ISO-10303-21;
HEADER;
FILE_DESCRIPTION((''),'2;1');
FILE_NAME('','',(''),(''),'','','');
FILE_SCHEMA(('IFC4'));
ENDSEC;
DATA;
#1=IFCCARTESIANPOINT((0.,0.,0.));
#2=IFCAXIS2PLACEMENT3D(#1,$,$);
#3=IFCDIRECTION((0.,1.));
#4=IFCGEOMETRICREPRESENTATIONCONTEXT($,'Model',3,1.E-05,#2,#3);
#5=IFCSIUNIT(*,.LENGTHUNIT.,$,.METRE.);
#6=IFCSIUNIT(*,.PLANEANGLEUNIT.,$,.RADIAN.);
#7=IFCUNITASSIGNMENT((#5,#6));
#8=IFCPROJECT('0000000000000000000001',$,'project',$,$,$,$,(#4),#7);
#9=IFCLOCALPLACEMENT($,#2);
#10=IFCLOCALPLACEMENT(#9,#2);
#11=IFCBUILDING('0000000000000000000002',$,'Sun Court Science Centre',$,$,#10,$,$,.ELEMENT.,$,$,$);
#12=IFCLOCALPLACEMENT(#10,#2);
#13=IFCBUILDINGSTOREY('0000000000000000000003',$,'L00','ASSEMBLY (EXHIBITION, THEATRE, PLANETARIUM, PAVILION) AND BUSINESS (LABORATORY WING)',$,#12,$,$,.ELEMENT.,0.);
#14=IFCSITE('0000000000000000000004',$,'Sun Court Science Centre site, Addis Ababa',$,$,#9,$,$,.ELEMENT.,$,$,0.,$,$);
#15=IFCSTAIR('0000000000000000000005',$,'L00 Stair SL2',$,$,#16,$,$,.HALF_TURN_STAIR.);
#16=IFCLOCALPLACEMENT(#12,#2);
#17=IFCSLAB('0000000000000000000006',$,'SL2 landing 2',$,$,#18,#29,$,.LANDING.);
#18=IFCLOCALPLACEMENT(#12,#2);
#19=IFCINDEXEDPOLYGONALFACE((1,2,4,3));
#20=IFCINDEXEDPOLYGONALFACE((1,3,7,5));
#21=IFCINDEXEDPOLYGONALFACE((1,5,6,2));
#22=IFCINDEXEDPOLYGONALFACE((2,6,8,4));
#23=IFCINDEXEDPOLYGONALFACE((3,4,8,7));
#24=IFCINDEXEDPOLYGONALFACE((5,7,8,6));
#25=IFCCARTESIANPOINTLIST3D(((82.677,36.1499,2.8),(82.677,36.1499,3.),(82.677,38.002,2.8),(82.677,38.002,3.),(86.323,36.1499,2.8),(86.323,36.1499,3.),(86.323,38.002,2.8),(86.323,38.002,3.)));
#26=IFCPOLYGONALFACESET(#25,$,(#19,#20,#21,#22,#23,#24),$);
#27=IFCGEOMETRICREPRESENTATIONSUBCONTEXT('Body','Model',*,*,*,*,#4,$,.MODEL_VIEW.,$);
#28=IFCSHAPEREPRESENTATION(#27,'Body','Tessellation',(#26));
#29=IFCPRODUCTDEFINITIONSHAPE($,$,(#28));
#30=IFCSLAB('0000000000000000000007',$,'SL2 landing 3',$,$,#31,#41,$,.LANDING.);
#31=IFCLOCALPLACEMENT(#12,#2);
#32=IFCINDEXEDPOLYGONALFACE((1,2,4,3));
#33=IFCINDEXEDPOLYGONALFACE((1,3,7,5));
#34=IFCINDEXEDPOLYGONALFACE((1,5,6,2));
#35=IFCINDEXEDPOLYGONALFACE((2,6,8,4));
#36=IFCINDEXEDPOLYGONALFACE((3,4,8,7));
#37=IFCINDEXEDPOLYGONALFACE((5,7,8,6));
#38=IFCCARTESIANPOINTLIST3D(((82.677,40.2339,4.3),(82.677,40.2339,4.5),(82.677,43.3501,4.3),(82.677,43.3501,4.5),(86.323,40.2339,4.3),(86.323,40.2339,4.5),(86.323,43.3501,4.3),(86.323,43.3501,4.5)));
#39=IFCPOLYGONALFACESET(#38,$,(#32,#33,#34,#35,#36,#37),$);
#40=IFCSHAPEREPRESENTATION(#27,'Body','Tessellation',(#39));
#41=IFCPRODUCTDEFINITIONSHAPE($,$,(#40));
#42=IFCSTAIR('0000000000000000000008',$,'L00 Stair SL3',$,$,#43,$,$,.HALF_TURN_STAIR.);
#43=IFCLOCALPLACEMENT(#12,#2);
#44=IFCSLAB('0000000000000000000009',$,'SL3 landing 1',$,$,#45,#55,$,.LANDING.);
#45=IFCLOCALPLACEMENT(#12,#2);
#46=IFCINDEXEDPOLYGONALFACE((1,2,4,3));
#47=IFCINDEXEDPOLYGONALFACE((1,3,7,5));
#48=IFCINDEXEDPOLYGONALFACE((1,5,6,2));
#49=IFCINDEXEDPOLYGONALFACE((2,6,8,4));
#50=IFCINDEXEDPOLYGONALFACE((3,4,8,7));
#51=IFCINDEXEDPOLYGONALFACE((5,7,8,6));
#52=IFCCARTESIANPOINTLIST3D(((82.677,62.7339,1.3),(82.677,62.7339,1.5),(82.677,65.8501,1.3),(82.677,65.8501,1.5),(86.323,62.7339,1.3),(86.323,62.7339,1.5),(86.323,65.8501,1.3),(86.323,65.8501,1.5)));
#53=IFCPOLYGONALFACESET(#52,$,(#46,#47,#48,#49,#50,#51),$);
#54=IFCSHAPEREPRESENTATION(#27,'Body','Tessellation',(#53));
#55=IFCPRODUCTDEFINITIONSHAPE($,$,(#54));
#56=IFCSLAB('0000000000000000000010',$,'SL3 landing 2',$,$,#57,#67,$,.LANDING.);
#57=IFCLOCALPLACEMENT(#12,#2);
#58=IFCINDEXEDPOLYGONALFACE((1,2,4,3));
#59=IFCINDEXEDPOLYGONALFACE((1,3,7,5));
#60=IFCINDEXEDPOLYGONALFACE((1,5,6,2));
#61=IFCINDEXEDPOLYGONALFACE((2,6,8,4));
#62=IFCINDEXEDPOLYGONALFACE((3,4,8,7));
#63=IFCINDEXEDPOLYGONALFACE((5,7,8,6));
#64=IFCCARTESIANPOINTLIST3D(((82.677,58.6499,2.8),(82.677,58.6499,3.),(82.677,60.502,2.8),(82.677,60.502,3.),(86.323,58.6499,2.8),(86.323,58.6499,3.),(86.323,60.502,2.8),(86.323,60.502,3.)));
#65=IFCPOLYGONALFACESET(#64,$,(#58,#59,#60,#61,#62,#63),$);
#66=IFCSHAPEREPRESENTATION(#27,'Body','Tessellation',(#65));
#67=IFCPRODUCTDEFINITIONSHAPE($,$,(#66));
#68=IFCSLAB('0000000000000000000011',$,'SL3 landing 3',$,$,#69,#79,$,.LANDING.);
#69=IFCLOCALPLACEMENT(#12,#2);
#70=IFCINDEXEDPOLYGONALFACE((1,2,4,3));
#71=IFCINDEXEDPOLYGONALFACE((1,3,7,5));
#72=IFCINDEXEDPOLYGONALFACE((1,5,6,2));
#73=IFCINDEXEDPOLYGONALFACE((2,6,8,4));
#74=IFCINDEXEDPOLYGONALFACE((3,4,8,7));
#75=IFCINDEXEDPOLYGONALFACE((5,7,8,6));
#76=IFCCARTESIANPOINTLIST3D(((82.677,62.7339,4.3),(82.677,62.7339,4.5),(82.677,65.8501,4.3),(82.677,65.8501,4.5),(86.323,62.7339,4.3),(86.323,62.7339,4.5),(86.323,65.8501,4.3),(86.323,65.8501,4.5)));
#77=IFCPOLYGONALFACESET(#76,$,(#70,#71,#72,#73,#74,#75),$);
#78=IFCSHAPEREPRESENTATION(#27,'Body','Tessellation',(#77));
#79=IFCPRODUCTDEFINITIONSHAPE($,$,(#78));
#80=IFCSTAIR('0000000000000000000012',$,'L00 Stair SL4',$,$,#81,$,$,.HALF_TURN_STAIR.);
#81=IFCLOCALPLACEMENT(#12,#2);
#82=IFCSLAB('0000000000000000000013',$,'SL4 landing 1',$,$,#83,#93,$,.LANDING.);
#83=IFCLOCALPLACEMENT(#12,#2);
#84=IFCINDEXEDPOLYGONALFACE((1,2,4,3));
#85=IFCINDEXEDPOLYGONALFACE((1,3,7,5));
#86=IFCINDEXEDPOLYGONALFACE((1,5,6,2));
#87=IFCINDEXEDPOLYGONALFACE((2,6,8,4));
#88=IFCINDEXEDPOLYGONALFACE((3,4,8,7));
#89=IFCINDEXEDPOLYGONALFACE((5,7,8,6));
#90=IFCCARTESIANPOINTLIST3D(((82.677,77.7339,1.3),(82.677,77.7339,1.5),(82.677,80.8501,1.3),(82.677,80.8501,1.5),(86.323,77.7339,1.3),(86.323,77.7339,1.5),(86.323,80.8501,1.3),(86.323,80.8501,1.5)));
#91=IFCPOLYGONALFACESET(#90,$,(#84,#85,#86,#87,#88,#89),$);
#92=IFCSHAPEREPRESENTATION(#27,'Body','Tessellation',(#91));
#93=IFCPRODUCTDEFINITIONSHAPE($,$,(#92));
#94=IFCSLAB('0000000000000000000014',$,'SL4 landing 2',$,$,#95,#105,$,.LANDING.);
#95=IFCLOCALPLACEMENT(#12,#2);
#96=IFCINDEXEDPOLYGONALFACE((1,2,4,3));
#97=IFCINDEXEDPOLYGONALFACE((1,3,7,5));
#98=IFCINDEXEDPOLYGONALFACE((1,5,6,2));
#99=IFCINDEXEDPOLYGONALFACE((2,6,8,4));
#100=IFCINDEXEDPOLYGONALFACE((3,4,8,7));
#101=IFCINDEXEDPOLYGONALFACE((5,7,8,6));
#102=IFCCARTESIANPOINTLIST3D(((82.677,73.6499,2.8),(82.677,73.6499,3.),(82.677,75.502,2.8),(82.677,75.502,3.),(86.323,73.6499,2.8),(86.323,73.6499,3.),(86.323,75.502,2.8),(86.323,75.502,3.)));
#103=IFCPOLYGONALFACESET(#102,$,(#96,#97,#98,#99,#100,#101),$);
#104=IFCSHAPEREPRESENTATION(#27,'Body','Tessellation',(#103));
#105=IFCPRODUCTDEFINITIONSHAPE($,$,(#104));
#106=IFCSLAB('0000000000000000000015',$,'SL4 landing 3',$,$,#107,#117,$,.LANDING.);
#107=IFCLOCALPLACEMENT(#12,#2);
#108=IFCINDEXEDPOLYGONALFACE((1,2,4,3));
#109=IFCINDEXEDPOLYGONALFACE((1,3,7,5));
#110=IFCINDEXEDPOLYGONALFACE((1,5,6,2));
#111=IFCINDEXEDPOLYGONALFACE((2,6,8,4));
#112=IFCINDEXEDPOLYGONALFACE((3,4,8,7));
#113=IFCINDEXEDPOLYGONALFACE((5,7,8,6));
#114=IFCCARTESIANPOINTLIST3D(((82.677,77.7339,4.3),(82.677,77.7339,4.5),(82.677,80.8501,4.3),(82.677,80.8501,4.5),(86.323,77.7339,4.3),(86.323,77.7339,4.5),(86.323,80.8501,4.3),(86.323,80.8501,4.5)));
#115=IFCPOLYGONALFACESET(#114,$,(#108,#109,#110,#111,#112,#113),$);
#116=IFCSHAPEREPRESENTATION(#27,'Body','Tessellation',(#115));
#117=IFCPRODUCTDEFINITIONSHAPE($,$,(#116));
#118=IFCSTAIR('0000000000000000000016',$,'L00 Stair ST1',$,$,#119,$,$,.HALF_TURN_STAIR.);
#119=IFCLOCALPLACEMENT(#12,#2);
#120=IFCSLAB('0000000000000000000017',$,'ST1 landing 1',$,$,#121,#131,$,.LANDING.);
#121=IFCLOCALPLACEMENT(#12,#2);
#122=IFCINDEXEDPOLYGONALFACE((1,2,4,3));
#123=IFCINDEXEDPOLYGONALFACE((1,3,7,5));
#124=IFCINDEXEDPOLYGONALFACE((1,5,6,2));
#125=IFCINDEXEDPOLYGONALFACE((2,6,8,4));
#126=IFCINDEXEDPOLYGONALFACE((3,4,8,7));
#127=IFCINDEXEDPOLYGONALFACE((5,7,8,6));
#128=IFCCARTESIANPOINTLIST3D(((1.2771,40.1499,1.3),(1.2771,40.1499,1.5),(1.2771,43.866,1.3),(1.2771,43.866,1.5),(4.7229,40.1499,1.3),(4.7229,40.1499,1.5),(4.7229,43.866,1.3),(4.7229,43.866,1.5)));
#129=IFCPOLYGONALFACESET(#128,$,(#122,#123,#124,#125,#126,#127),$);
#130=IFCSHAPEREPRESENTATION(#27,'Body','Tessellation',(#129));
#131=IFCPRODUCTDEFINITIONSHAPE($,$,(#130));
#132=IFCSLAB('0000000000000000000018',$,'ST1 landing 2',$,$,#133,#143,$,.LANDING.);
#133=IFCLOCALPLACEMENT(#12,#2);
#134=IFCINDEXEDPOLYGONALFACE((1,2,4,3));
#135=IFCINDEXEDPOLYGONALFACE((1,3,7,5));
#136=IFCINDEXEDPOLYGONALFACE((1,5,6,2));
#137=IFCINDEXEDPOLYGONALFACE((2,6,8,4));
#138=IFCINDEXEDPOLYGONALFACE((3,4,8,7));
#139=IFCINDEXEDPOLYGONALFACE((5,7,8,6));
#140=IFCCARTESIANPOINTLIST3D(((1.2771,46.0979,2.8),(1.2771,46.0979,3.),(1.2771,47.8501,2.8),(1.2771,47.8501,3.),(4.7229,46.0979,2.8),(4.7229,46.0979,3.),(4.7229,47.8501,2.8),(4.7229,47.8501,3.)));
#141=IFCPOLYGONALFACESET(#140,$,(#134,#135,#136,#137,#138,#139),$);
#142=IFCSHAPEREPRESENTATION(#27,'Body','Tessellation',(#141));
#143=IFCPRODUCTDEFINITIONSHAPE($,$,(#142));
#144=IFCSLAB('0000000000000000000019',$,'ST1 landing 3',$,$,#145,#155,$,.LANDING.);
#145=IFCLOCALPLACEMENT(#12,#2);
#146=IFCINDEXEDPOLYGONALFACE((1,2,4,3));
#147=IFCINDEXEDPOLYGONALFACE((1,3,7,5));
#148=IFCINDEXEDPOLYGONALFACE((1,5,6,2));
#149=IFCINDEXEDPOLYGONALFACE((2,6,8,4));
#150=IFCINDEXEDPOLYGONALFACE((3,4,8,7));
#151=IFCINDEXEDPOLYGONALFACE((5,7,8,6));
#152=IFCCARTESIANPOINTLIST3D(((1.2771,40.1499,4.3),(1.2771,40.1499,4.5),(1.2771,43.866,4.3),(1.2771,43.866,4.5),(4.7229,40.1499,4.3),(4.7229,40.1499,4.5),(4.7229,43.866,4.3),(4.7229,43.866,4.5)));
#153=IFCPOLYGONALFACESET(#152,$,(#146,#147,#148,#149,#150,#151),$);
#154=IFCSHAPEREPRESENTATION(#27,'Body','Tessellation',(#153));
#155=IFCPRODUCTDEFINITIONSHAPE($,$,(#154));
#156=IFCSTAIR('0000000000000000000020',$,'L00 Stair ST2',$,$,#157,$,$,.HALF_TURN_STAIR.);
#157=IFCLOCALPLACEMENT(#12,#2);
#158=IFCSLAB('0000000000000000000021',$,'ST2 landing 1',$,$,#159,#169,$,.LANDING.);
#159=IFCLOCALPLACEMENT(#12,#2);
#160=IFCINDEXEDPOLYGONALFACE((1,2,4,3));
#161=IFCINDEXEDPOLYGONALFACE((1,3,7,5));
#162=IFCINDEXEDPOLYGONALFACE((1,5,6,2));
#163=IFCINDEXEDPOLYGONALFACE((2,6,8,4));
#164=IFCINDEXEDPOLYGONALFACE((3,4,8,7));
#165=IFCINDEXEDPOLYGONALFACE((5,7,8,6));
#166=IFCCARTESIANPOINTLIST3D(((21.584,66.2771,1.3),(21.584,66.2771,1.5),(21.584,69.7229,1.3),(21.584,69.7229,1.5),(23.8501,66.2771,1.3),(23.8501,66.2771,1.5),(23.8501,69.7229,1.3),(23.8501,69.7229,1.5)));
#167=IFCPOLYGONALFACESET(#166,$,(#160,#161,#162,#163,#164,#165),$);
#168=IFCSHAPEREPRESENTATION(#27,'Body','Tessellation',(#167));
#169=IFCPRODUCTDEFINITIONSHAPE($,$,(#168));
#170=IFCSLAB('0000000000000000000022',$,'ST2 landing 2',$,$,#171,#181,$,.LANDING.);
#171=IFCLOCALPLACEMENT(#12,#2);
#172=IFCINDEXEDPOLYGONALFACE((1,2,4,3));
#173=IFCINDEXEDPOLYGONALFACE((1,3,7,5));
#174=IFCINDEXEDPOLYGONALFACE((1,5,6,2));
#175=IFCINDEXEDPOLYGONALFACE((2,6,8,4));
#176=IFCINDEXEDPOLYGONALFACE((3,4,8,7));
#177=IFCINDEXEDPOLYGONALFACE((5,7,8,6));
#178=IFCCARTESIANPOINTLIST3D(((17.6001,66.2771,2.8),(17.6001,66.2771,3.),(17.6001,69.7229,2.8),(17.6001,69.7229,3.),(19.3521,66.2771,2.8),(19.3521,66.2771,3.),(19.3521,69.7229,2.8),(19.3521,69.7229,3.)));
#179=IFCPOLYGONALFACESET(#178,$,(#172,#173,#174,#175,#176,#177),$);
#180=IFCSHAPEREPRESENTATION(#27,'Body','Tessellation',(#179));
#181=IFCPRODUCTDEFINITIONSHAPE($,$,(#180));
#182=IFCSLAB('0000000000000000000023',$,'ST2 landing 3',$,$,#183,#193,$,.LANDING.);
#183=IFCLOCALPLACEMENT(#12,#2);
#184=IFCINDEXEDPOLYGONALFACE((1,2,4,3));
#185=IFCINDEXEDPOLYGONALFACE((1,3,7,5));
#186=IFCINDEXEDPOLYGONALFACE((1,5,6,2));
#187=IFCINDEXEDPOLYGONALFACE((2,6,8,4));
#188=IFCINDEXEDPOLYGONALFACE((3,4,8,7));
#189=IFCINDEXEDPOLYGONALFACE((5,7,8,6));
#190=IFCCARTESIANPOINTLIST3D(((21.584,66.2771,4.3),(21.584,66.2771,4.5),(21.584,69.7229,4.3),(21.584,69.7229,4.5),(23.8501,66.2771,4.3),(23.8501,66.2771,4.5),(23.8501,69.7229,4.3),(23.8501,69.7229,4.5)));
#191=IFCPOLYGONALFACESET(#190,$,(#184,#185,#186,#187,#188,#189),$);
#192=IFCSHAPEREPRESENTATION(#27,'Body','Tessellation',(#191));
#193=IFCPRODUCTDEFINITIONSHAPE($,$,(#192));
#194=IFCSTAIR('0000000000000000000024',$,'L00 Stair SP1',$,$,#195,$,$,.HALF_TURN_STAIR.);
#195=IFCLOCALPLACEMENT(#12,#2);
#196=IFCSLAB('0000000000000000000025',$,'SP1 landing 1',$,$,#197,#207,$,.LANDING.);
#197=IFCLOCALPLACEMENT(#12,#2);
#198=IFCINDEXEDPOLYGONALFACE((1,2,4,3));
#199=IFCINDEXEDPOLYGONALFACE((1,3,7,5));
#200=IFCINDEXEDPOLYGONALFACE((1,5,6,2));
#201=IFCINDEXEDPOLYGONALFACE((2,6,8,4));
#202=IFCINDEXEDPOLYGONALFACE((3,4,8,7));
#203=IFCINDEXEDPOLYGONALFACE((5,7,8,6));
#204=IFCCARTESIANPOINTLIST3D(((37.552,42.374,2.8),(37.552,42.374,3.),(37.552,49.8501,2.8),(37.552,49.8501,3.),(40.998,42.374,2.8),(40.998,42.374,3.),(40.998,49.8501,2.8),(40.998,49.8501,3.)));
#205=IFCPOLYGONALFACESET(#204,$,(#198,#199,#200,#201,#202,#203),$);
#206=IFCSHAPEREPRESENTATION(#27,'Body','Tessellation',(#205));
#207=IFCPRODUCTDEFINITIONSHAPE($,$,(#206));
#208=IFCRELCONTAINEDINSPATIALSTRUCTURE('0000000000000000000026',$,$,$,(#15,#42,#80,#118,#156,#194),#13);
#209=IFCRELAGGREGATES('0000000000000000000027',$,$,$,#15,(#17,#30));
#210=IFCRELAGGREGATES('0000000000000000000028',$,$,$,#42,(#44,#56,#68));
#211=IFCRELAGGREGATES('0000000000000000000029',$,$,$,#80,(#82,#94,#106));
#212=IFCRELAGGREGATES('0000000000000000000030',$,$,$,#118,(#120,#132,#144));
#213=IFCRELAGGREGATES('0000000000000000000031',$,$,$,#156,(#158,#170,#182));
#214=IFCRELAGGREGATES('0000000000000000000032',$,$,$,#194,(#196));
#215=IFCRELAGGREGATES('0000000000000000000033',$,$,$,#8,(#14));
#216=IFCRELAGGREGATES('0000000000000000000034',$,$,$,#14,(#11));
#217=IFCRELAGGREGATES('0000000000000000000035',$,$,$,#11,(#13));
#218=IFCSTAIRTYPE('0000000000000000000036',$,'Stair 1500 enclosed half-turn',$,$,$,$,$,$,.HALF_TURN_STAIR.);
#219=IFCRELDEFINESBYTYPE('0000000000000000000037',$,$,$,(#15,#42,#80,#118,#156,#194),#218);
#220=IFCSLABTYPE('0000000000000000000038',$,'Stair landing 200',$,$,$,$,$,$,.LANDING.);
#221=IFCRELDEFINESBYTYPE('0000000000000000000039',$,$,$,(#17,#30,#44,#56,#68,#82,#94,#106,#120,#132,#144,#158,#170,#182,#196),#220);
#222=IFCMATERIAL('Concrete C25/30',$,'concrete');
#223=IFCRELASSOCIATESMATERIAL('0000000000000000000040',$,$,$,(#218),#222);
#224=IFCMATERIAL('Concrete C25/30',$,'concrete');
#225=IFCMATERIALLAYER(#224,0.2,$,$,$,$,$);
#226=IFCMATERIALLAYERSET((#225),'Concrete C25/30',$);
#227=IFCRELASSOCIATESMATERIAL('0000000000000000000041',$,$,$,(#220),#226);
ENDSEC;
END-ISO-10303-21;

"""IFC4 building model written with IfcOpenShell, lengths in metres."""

from ifc_helpers import new_model, si_unit, direction, frame, origin, place, context, subcontext, project, spatial, polyline, outline, extrude, material, layer, layer_set, type_object, element, aggregate, save


model = new_model("IFC4")

# Units and contexts
model_context = context("Model", 3, precision=1e-05, world=origin(), true_north=direction((0.0, 1.0)))
body_context = subcontext(model_context, "Body", "Model", "MODEL_VIEW")
ifc_project = project(units=[si_unit("LENGTHUNIT", "METRE"), si_unit("PLANEANGLEUNIT", "RADIAN")], contexts=[model_context])

# Site, building, storey
site_placement = place(None, origin())
site = spatial("IfcSite", under=ifc_project, at=site_placement, Name="Sun Court Science Centre site, Addis Ababa", CompositionType="ELEMENT", RefElevation=0.0)
building_placement = place(site_placement, origin())
building = spatial("IfcBuilding", under=site, at=building_placement, Name="Sun Court Science Centre", CompositionType="ELEMENT")
storey_placement = place(building_placement, origin())
storey = spatial("IfcBuildingStorey", under=building, at=storey_placement, Name="L00", Description="ASSEMBLY (EXHIBITION, THEATRE, PLANETARIUM, PAVILION) AND BUSINESS (LABORATORY WING)", CompositionType="ELEMENT", Elevation=0.0)

# Stairs, slabs
ifc_material_1 = material(Name="Concrete C25/30", Category="concrete")
stair_type_1 = type_object("IfcStairType", Name="Stair 1500 enclosed half-turn", PredefinedType="HALF_TURN_STAIR", material=ifc_material_1)
stair_1_placement = place(storey_placement, origin())
stair_1 = element("IfcStair", 1, at=stair_1_placement, inside=storey, type_object=stair_type_1, Name="L00 Stair SL2", PredefinedType="HALF_TURN_STAIR")
ifc_material_2 = material(Name="Concrete C25/30", Category="concrete")
ifc_layer_1 = layer(ifc_material_2, 0.2)
ifc_layer_set_1 = layer_set([ifc_layer_1], Name="Concrete C25/30")
slab_type = type_object("IfcSlabType", Name="Stair landing 200", PredefinedType="LANDING", material=ifc_layer_set_1)
slab_1_placement = place(storey_placement, frame((0.0, 0.0, 2.8)))
slab_1 = element("IfcSlab", 2, at=slab_1_placement, type_object=slab_type, Name="SL2 landing 2", PredefinedType="LANDING", context=body_context, shape_type="SweptSolid", body=[
    extrude(outline(polyline([(86.323, 36.1499), (86.323, 38.002), (82.677, 38.002), (82.677, 36.1499), (86.323, 36.1499)])), origin(), (0.0, 0.0, 1.0), 0.2),
])
slab_2_placement = place(storey_placement, frame((0.0, 0.0, 4.3)))
slab_2 = element("IfcSlab", 3, at=slab_2_placement, type_object=slab_type, Name="SL2 landing 3", PredefinedType="LANDING", context=body_context, shape_type="SweptSolid", body=[
    extrude(outline(polyline([(86.323, 40.2339), (86.323, 43.3501), (82.677, 43.3501), (82.677, 40.2339), (86.323, 40.2339)])), origin(), (0.0, 0.0, 1.0), 0.2),
])
aggregate(stair_1, [slab_1, slab_2])
stair_2_placement = place(storey_placement, origin())
stair_2 = element("IfcStair", 4, at=stair_2_placement, inside=storey, type_object=stair_type_1, Name="L00 Stair SL3", PredefinedType="HALF_TURN_STAIR")
slab_3_placement = place(storey_placement, frame((0.0, 0.0, 1.3)))
slab_3 = element("IfcSlab", 5, at=slab_3_placement, type_object=slab_type, Name="SL3 landing 1", PredefinedType="LANDING", context=body_context, shape_type="SweptSolid", body=[
    extrude(outline(polyline([(86.323, 62.7339), (86.323, 65.8501), (82.677, 65.8501), (82.677, 62.7339), (86.323, 62.7339)])), origin(), (0.0, 0.0, 1.0), 0.2),
])
slab_4_placement = place(storey_placement, frame((0.0, 0.0, 2.8)))
slab_4 = element("IfcSlab", 6, at=slab_4_placement, type_object=slab_type, Name="SL3 landing 2", PredefinedType="LANDING", context=body_context, shape_type="SweptSolid", body=[
    extrude(outline(polyline([(86.323, 58.6499), (86.323, 60.502), (82.677, 60.502), (82.677, 58.6499), (86.323, 58.6499)])), origin(), (0.0, 0.0, 1.0), 0.2),
])
slab_5_placement = place(storey_placement, frame((0.0, 0.0, 4.3)))
slab_5 = element("IfcSlab", 7, at=slab_5_placement, type_object=slab_type, Name="SL3 landing 3", PredefinedType="LANDING", context=body_context, shape_type="SweptSolid", body=[
    extrude(outline(polyline([(86.323, 62.7339), (86.323, 65.8501), (82.677, 65.8501), (82.677, 62.7339), (86.323, 62.7339)])), origin(), (0.0, 0.0, 1.0), 0.2),
])
aggregate(stair_2, [slab_3, slab_4, slab_5])
stair_3_placement = place(storey_placement, origin())
stair_3 = element("IfcStair", 8, at=stair_3_placement, inside=storey, type_object=stair_type_1, Name="L00 Stair SL4", PredefinedType="HALF_TURN_STAIR")
slab_6_placement = place(storey_placement, frame((0.0, 0.0, 1.3)))
slab_6 = element("IfcSlab", 9, at=slab_6_placement, type_object=slab_type, Name="SL4 landing 1", PredefinedType="LANDING", context=body_context, shape_type="SweptSolid", body=[
    extrude(outline(polyline([(86.323, 77.7339), (86.323, 80.8501), (82.677, 80.8501), (82.677, 77.7339), (86.323, 77.7339)])), origin(), (0.0, 0.0, 1.0), 0.2),
])
slab_7_placement = place(storey_placement, frame((0.0, 0.0, 2.8)))
slab_7 = element("IfcSlab", 10, at=slab_7_placement, type_object=slab_type, Name="SL4 landing 2", PredefinedType="LANDING", context=body_context, shape_type="SweptSolid", body=[
    extrude(outline(polyline([(86.323, 73.6499), (86.323, 75.502), (82.677, 75.502), (82.677, 73.6499), (86.323, 73.6499)])), origin(), (0.0, 0.0, 1.0), 0.2),
])
slab_8_placement = place(storey_placement, frame((0.0, 0.0, 4.3)))
slab_8 = element("IfcSlab", 11, at=slab_8_placement, type_object=slab_type, Name="SL4 landing 3", PredefinedType="LANDING", context=body_context, shape_type="SweptSolid", body=[
    extrude(outline(polyline([(86.323, 77.7339), (86.323, 80.8501), (82.677, 80.8501), (82.677, 77.7339), (86.323, 77.7339)])), origin(), (0.0, 0.0, 1.0), 0.2),
])
aggregate(stair_3, [slab_6, slab_7, slab_8])
stair_4_placement = place(storey_placement, origin())
stair_4 = element("IfcStair", 12, at=stair_4_placement, inside=storey, type_object=stair_type_1, Name="L00 Stair ST1", PredefinedType="HALF_TURN_STAIR")
slab_9_placement = place(storey_placement, frame((0.0, 0.0, 1.3)))
slab_9 = element("IfcSlab", 13, at=slab_9_placement, type_object=slab_type, Name="ST1 landing 1", PredefinedType="LANDING", context=body_context, shape_type="SweptSolid", body=[
    extrude(outline(polyline([(1.2771, 43.866), (1.2771, 40.1499), (4.7229, 40.1499), (4.7229, 43.866), (1.2771, 43.866)])), origin(), (0.0, 0.0, 1.0), 0.2),
])
slab_10_placement = place(storey_placement, frame((0.0, 0.0, 2.8)))
slab_10 = element("IfcSlab", 14, at=slab_10_placement, type_object=slab_type, Name="ST1 landing 2", PredefinedType="LANDING", context=body_context, shape_type="SweptSolid", body=[
    extrude(outline(polyline([(1.2771, 47.8501), (1.2771, 46.0979), (4.7229, 46.0979), (4.7229, 47.8501), (1.2771, 47.8501)])), origin(), (0.0, 0.0, 1.0), 0.2),
])
slab_11_placement = place(storey_placement, frame((0.0, 0.0, 4.3)))
slab_11 = element("IfcSlab", 15, at=slab_11_placement, type_object=slab_type, Name="ST1 landing 3", PredefinedType="LANDING", context=body_context, shape_type="SweptSolid", body=[
    extrude(outline(polyline([(1.2771, 43.866), (1.2771, 40.1499), (4.7229, 40.1499), (4.7229, 43.866), (1.2771, 43.866)])), origin(), (0.0, 0.0, 1.0), 0.2),
])
aggregate(stair_4, [slab_9, slab_10, slab_11])
stair_5_placement = place(storey_placement, origin())
stair_5 = element("IfcStair", 16, at=stair_5_placement, inside=storey, type_object=stair_type_1, Name="L00 Stair ST2", PredefinedType="HALF_TURN_STAIR")
slab_12_placement = place(storey_placement, frame((0.0, 0.0, 1.3)))
slab_12 = element("IfcSlab", 17, at=slab_12_placement, type_object=slab_type, Name="ST2 landing 1", PredefinedType="LANDING", context=body_context, shape_type="SweptSolid", body=[
    extrude(outline(polyline([(21.584, 66.2771), (23.8501, 66.2771), (23.8501, 69.7229), (21.584, 69.7229), (21.584, 66.2771)])), origin(), (0.0, 0.0, 1.0), 0.2),
])
slab_13_placement = place(storey_placement, frame((0.0, 0.0, 2.8)))
slab_13 = element("IfcSlab", 18, at=slab_13_placement, type_object=slab_type, Name="ST2 landing 2", PredefinedType="LANDING", context=body_context, shape_type="SweptSolid", body=[
    extrude(outline(polyline([(17.6001, 66.2771), (19.3521, 66.2771), (19.3521, 69.7229), (17.6001, 69.7229), (17.6001, 66.2771)])), origin(), (0.0, 0.0, 1.0), 0.2),
])
slab_14_placement = place(storey_placement, frame((0.0, 0.0, 4.3)))
slab_14 = element("IfcSlab", 19, at=slab_14_placement, type_object=slab_type, Name="ST2 landing 3", PredefinedType="LANDING", context=body_context, shape_type="SweptSolid", body=[
    extrude(outline(polyline([(21.584, 66.2771), (23.8501, 66.2771), (23.8501, 69.7229), (21.584, 69.7229), (21.584, 66.2771)])), origin(), (0.0, 0.0, 1.0), 0.2),
])
aggregate(stair_5, [slab_12, slab_13, slab_14])

# Stair, slab
stair_6_placement = place(storey_placement, origin())
stair_6 = element("IfcStair", 20, at=stair_6_placement, inside=storey, type_object=stair_type_1, Name="L00 Stair SP1", PredefinedType="HALF_TURN_STAIR")
slab_15_placement = place(storey_placement, frame((0.0, 0.0, 2.8)))
slab_15 = element("IfcSlab", 21, at=slab_15_placement, type_object=slab_type, Name="SP1 landing 1", PredefinedType="LANDING", context=body_context, shape_type="SweptSolid", body=[
    extrude(outline(polyline([(40.998, 42.374), (40.998, 49.8501), (37.552, 49.8501), (37.552, 42.374), (40.998, 42.374)])), origin(), (0.0, 0.0, 1.0), 0.2),
])
aggregate(stair_6, [slab_15])

save(model, "model.ifc")
